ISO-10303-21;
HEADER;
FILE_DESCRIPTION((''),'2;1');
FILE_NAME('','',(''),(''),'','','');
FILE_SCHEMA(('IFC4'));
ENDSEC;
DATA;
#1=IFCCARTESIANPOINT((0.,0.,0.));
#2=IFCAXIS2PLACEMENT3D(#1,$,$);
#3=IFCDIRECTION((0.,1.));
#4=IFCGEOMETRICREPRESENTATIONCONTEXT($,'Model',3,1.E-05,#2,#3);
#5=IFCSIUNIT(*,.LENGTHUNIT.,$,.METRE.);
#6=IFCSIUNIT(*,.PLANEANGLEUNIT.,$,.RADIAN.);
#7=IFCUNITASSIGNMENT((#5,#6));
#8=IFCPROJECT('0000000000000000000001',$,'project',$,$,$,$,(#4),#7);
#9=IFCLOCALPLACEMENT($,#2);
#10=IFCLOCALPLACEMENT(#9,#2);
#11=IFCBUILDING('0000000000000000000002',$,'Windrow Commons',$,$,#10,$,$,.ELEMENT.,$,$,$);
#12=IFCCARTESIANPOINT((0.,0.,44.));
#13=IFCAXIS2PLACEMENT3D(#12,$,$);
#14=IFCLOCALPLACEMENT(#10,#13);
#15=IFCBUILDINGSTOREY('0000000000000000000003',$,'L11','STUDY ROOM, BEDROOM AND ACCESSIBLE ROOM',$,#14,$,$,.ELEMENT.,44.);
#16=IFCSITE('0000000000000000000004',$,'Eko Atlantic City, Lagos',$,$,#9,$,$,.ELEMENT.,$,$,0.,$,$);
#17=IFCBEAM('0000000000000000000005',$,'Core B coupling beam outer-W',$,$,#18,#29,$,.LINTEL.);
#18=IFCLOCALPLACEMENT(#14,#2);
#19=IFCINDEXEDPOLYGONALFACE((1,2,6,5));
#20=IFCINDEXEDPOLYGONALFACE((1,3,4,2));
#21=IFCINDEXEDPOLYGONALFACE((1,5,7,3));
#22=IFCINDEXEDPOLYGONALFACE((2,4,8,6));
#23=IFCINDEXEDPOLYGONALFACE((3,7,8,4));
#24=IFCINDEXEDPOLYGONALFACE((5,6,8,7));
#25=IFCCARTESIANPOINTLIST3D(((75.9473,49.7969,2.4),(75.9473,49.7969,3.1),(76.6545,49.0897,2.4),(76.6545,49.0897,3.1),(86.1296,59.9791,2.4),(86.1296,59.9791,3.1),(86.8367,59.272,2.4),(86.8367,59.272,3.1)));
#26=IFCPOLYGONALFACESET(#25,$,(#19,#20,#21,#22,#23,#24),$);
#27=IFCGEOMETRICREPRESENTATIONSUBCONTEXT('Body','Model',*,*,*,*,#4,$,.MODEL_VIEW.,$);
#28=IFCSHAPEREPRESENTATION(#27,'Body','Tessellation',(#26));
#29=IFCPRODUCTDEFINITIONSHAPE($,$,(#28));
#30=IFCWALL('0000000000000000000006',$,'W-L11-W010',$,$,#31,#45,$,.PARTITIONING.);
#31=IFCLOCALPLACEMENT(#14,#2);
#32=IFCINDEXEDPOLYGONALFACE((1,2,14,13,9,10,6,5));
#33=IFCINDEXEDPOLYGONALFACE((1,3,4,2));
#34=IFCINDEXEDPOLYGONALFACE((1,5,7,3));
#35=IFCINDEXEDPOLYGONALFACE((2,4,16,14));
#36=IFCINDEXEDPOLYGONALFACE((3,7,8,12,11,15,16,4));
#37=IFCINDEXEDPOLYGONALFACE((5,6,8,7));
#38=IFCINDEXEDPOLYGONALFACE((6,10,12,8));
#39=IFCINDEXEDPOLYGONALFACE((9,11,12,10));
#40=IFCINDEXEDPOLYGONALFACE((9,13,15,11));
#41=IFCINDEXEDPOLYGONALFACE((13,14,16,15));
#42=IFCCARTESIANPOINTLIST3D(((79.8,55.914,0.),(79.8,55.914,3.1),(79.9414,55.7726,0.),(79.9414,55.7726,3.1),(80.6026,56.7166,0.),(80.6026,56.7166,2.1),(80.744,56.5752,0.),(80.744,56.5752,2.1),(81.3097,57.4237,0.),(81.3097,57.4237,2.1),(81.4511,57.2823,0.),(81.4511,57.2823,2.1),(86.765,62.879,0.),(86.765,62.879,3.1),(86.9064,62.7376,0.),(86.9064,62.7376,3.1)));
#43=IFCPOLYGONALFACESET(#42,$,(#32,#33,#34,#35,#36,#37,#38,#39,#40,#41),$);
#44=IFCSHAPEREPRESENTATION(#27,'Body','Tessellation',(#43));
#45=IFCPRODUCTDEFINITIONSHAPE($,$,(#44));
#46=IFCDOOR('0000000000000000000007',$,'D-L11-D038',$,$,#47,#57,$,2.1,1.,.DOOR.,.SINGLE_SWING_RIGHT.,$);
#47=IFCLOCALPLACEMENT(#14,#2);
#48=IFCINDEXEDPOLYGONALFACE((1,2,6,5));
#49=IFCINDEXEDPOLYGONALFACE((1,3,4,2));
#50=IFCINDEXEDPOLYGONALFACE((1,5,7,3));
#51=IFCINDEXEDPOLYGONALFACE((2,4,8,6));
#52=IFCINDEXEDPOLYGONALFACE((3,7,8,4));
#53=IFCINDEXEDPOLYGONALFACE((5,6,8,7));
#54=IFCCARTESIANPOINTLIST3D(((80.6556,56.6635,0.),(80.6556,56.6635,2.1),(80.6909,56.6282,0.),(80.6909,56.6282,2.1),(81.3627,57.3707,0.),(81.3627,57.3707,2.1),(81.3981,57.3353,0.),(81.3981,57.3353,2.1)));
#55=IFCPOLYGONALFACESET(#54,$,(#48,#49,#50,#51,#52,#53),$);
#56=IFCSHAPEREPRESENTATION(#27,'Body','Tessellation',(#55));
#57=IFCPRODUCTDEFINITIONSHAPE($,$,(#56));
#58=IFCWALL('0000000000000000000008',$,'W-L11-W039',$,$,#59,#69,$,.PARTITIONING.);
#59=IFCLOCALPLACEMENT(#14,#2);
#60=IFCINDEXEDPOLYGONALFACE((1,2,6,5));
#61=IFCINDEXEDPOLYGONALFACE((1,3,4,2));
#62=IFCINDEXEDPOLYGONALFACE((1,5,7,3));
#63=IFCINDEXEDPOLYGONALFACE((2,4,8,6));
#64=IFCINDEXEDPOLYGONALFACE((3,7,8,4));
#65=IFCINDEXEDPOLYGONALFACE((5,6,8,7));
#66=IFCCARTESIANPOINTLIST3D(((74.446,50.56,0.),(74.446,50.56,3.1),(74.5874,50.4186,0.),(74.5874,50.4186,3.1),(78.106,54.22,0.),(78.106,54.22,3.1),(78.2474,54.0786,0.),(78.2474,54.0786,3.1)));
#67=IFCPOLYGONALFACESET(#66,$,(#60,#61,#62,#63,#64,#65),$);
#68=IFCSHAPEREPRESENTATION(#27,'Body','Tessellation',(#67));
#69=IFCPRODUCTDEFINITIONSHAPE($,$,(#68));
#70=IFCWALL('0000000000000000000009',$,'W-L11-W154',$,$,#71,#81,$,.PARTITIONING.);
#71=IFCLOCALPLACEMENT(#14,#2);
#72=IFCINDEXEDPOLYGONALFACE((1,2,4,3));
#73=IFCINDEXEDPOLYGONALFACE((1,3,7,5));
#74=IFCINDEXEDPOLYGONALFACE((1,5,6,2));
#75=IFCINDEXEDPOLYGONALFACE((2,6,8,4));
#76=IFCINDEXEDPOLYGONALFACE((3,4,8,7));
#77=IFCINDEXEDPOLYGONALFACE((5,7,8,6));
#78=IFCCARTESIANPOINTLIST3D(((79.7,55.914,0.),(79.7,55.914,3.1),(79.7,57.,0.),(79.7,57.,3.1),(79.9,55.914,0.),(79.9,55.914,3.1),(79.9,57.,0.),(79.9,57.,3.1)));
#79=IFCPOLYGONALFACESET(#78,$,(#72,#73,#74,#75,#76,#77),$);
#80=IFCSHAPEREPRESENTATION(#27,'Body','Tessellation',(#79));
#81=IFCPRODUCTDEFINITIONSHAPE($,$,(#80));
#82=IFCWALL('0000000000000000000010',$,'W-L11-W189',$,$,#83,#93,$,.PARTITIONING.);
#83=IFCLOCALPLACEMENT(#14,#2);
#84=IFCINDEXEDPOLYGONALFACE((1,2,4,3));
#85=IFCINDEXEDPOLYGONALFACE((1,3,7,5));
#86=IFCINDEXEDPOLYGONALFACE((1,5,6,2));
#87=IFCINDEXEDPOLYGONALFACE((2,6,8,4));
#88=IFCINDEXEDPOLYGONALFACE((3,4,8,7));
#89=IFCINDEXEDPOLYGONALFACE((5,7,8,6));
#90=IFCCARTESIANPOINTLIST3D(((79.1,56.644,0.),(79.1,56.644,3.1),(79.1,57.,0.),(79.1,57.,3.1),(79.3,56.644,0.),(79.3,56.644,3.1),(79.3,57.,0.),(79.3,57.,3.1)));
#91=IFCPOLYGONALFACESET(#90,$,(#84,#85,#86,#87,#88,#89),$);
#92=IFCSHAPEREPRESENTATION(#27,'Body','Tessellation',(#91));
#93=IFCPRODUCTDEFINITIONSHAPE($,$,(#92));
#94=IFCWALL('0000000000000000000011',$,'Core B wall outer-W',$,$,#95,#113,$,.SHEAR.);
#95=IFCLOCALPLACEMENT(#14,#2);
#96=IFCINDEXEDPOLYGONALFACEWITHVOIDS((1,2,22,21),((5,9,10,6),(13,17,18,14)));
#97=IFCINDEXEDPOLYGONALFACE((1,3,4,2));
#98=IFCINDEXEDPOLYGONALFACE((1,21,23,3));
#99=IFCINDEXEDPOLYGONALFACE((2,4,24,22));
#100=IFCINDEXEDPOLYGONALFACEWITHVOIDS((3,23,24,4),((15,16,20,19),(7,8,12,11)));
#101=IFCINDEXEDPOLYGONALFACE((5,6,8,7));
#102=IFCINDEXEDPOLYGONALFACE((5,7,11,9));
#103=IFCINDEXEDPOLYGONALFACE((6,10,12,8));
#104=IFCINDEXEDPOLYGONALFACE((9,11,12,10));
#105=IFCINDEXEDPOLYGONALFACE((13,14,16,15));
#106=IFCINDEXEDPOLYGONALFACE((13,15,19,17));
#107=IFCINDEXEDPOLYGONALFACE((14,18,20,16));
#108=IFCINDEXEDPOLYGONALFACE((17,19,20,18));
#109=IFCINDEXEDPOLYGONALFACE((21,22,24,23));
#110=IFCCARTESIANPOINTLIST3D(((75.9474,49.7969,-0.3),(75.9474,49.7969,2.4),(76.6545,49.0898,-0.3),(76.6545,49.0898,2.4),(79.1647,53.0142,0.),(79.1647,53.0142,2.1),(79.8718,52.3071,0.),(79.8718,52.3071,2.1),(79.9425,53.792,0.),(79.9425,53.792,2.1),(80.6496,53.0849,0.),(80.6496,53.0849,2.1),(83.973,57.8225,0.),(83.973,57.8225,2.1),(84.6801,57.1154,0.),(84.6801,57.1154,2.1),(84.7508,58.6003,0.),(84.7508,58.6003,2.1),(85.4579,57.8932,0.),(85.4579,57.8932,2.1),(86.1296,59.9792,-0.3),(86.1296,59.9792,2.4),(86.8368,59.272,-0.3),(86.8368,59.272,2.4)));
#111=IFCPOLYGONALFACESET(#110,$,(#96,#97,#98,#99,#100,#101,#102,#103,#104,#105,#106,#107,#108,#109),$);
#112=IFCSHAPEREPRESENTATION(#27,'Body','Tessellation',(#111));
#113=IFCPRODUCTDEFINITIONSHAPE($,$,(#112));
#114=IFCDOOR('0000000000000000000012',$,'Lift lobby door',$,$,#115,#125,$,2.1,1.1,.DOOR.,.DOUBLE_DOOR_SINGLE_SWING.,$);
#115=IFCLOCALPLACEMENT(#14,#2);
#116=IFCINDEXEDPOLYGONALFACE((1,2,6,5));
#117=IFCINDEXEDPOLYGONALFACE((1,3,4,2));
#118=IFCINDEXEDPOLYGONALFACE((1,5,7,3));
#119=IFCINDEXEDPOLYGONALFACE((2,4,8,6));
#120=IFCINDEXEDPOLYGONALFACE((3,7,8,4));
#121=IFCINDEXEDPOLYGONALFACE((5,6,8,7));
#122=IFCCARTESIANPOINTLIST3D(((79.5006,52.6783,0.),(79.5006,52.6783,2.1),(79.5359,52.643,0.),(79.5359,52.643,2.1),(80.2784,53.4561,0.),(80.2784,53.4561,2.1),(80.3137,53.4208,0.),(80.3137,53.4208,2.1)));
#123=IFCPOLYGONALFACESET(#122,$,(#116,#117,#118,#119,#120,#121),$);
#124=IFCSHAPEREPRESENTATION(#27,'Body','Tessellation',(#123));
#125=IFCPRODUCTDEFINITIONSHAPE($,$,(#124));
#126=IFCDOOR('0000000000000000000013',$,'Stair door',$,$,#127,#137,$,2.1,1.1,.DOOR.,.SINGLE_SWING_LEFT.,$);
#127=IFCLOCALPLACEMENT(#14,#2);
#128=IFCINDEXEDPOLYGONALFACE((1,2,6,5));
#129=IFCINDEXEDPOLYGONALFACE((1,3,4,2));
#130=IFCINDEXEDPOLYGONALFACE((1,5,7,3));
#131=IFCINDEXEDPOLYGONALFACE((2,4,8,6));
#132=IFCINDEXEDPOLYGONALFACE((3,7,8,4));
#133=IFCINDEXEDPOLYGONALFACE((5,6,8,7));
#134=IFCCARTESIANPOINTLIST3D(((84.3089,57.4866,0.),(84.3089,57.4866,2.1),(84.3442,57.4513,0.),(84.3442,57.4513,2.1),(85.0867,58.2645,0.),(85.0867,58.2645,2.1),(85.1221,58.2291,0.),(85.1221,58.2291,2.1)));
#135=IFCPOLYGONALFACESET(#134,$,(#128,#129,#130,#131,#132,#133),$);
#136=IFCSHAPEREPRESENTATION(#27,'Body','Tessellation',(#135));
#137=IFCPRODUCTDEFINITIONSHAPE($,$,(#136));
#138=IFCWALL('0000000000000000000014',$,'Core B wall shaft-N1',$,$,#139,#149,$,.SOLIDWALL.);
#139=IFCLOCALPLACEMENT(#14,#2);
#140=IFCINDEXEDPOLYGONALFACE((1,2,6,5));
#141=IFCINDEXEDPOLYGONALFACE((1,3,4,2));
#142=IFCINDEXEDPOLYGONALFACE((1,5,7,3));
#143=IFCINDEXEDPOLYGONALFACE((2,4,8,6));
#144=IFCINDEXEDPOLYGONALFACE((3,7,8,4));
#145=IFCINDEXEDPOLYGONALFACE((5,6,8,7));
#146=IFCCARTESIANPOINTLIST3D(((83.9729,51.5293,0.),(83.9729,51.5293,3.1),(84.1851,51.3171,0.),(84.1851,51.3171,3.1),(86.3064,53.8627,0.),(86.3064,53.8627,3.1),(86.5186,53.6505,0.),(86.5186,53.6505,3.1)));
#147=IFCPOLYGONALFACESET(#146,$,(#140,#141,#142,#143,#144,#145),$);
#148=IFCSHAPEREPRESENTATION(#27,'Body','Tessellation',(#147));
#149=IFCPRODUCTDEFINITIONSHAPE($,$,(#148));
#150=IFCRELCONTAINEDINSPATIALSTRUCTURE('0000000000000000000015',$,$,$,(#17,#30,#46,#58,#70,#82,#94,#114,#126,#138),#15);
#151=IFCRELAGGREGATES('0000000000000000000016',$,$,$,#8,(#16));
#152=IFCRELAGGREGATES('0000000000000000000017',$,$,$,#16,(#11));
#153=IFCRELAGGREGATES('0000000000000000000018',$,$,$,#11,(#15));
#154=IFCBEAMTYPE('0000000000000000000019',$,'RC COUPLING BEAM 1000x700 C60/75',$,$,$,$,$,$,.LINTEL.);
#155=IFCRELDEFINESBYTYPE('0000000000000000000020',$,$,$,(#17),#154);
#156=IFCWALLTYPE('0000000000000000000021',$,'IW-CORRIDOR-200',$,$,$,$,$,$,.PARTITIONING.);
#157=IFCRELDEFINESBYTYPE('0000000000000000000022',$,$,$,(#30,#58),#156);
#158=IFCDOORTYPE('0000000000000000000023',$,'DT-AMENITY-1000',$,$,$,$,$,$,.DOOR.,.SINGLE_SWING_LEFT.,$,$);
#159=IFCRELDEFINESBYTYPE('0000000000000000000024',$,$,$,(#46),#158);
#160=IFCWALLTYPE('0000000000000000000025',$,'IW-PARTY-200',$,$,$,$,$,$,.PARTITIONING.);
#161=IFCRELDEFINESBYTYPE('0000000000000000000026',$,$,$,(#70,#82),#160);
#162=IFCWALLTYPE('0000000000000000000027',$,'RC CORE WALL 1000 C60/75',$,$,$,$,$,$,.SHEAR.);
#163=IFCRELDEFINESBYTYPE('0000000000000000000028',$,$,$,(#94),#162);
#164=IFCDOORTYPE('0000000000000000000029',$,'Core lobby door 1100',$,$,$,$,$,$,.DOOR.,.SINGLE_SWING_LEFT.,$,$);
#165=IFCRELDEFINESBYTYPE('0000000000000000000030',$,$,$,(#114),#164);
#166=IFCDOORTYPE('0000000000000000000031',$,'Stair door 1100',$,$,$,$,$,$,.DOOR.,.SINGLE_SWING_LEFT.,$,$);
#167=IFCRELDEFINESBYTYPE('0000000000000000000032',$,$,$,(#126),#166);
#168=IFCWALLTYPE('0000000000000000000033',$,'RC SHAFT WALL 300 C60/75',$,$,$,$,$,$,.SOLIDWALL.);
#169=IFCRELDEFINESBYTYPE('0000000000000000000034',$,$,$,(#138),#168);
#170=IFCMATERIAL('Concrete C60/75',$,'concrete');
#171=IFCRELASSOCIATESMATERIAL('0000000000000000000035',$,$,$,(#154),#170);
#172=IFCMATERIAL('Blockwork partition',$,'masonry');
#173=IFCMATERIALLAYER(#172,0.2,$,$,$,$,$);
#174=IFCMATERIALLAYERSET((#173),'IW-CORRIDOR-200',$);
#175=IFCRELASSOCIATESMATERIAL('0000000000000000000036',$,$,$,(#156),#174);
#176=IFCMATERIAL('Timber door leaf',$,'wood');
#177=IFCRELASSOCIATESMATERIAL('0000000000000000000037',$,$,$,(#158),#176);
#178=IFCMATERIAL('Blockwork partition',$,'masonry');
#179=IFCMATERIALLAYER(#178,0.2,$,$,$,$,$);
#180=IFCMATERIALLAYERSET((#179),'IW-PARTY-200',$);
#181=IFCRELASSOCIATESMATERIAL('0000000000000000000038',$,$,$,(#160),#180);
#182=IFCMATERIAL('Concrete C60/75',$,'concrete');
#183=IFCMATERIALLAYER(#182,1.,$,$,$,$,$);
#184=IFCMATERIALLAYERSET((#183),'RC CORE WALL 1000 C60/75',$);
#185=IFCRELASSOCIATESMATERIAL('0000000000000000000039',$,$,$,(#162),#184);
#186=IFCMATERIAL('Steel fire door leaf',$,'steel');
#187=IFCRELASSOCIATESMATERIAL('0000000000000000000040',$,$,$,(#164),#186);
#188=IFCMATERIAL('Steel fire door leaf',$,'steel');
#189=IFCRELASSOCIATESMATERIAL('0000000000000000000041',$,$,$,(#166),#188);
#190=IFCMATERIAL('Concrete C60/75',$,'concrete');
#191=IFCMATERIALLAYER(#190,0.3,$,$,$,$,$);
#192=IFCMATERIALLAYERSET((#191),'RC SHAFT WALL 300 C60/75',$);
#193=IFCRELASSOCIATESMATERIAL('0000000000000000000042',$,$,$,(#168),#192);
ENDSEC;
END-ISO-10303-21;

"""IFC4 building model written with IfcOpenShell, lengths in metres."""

from ifc_helpers import new_model, si_unit, direction, frame, frame_2d, origin, origin_2d, place, context, subcontext, project, spatial, rectangle, extrude, material, layer, layer_set, material_profile, profile_set, type_object, element, fill, save


model = new_model("IFC4")

# Units and contexts
model_context = context("Model", 3, precision=1e-05, world=origin(), true_north=direction((0.0, 1.0)))
body_context = subcontext(model_context, "Body", "Model", "MODEL_VIEW")
ifc_project = project(units=[si_unit("LENGTHUNIT", "METRE"), si_unit("PLANEANGLEUNIT", "RADIAN")], contexts=[model_context])

# Site, building, storey
site_placement = place(None, origin())
site = spatial("IfcSite", under=ifc_project, at=site_placement, Name="Eko Atlantic City, Lagos", CompositionType="ELEMENT", RefElevation=0.0)
building_placement = place(site_placement, origin())
building = spatial("IfcBuilding", under=site, at=building_placement, Name="Windrow Commons", CompositionType="ELEMENT")
storey_placement = place(building_placement, frame((0.0, 0.0, 44.0)))
storey = spatial("IfcBuildingStorey", under=building, at=storey_placement, Name="L11", Description="STUDY ROOM, BEDROOM AND ACCESSIBLE ROOM", CompositionType="ELEMENT", Elevation=44.0)

# Beam
ifc_material_1 = material(Name="Concrete C60/75", Category="concrete")
ifc_material_profile = material_profile(ifc_material_1, rectangle(XDim=1.0, YDim=0.7, at=origin_2d()))
ifc_profile_set = profile_set([ifc_material_profile], Name="Concrete C60/75")
beam_type = type_object("IfcBeamType", Name="RC COUPLING BEAM 1000x700 C60/75", PredefinedType="LINTEL", material=ifc_profile_set)
beam_placement = place(storey_placement, frame((76.3009, 49.4433, 2.75), z_axis=(0.707107, 0.707107, 0.0), x_axis=(-0.707107, 0.707107, 0.0)))
element("IfcBeam", 1, at=beam_placement, inside=storey, type_object=beam_type, Name="Core B coupling beam outer-W", PredefinedType="LINTEL", context=body_context, shape_type="SweptSolid", body=[
    extrude(rectangle(XDim=1.0, YDim=0.7, at=origin_2d()), origin(), (0.0, 0.0, 1.0), 14.3999),
])

# Wall, opening, door
ifc_material_2 = material(Name="Blockwork partition", Category="masonry")
ifc_layer_1 = layer(ifc_material_2, 0.2)
ifc_layer_set_1 = layer_set([ifc_layer_1], Name="IW-CORRIDOR-200")
wall_type_1 = type_object("IfcWallType", Name="IW-CORRIDOR-200", PredefinedType="PARTITIONING", material=ifc_layer_set_1)
wall_1_placement = place(storey_placement, frame((79.8707, 55.8433, 0.0), z_axis=(0.0, 0.0, 1.0), x_axis=(0.707107, 0.707107, 0.0)))
wall_1 = element("IfcWall", 2, at=wall_1_placement, inside=storey, type_object=wall_type_1, Name="W-L11-W010", PredefinedType="PARTITIONING", context=body_context, shape_type="SweptSolid", body=[
    extrude(rectangle(XDim=9.85, YDim=0.2, at=frame_2d((4.925, 0.0))), origin(), (0.0, 0.0, 1.0), 3.1),
])
opening_1_placement = place(wall_1_placement, frame((1.135, 0.0, 0.0)))
opening_1 = element("IfcOpeningElement", 3, at=opening_1_placement, cuts=wall_1, PredefinedType="OPENING", context=body_context, shape_type="SweptSolid", body=[
    extrude(rectangle(XDim=1.0, YDim=2.1, at=frame_2d((0.5, 1.05))), frame((0.0, 0.11, 0.0), z_axis=(0.0, -1.0, 0.0), x_axis=(1.0, 0.0, 0.0)), (0.0, 0.0, 1.0), 0.22),
])
ifc_material_3 = material(Name="Timber door leaf", Category="wood")
door_type_1 = type_object("IfcDoorType", Name="DT-AMENITY-1000", OperationType="SINGLE_SWING_LEFT", PredefinedType="DOOR", material=ifc_material_3)
door_1_placement = place(opening_1_placement, origin())
door_1 = element("IfcDoor", 4, at=door_1_placement, inside=storey, type_object=door_type_1, Name="D-L11-D038", OperationType="SINGLE_SWING_RIGHT", OverallHeight=2.1, OverallWidth=1.0, PredefinedType="DOOR", context=body_context, shape_type="SweptSolid", body=[
    extrude(rectangle(XDim=1.0, YDim=2.1, at=frame_2d((0.5, 1.05))), frame((0.0, 0.025, 0.0), z_axis=(0.0, -1.0, 0.0), x_axis=(1.0, 0.0, 0.0)), (0.0, 0.0, 1.0), 0.05),
])
fill(opening_1, door_1)

# Walls
wall_2_placement = place(storey_placement, frame((74.5167, 50.4893, 0.0), z_axis=(0.0, 0.0, 1.0), x_axis=(0.707107, 0.707107, 0.0)))
element("IfcWall", 5, at=wall_2_placement, inside=storey, type_object=wall_type_1, Name="W-L11-W039", PredefinedType="PARTITIONING", context=body_context, shape_type="SweptSolid", body=[
    extrude(rectangle(XDim=5.176, YDim=0.2, at=frame_2d((2.588, 0.0))), origin(), (0.0, 0.0, 1.0), 3.1),
])
ifc_material_4 = material(Name="Blockwork partition", Category="masonry")
ifc_layer_2 = layer(ifc_material_4, 0.2)
ifc_layer_set_2 = layer_set([ifc_layer_2], Name="IW-PARTY-200")
wall_type_2 = type_object("IfcWallType", Name="IW-PARTY-200", PredefinedType="PARTITIONING", material=ifc_layer_set_2)
wall_3_placement = place(storey_placement, frame((79.8, 55.914, 0.0), z_axis=(0.0, 0.0, 1.0), x_axis=(0.0, 1.0, 0.0)))
element("IfcWall", 6, at=wall_3_placement, inside=storey, type_object=wall_type_2, Name="W-L11-W154", PredefinedType="PARTITIONING", context=body_context, shape_type="SweptSolid", body=[
    extrude(rectangle(XDim=1.086, YDim=0.2, at=frame_2d((0.543, 0.0))), origin(), (0.0, 0.0, 1.0), 3.1),
])
wall_4_placement = place(storey_placement, frame((79.2, 56.644, 0.0), z_axis=(0.0, 0.0, 1.0), x_axis=(0.0, 1.0, 0.0)))
element("IfcWall", 7, at=wall_4_placement, inside=storey, type_object=wall_type_2, Name="W-L11-W189", PredefinedType="PARTITIONING", context=body_context, shape_type="SweptSolid", body=[
    extrude(rectangle(XDim=0.356, YDim=0.2, at=frame_2d((0.178, 0.0))), origin(), (0.0, 0.0, 1.0), 3.1),
])

# Wall, openings, doors
ifc_material_5 = material(Name="Concrete C60/75", Category="concrete")
ifc_layer_3 = layer(ifc_material_5, 1.0)
ifc_layer_set_3 = layer_set([ifc_layer_3], Name="RC CORE WALL 1000 C60/75")
wall_type_3 = type_object("IfcWallType", Name="RC CORE WALL 1000 C60/75", PredefinedType="SHEAR", material=ifc_layer_set_3)
wall_5_placement = place(storey_placement, frame((76.3009, 49.4433, -0.3), z_axis=(0.0, 0.0, 1.0), x_axis=(0.707107, 0.707107, 0.0)))
wall_5 = element("IfcWall", 8, at=wall_5_placement, inside=storey, type_object=wall_type_3, Name="Core B wall outer-W", PredefinedType="SHEAR", context=body_context, shape_type="SweptSolid", body=[
    extrude(rectangle(XDim=14.3999, YDim=1.0, at=frame_2d((7.2, 0.0))), origin(), (0.0, 0.0, 1.0), 2.7),
])
opening_2_placement = place(wall_5_placement, frame((4.55, 0.0, 0.3)))
opening_2 = element("IfcOpeningElement", 9, at=opening_2_placement, cuts=wall_5, PredefinedType="OPENING", context=body_context, shape_type="SweptSolid", body=[
    extrude(rectangle(XDim=1.1, YDim=2.1, at=frame_2d((0.55, 1.05))), frame((0.0, 0.51, 0.0), z_axis=(0.0, -1.0, 0.0), x_axis=(1.0, 0.0, 0.0)), (0.0, 0.0, 1.0), 1.02),
])
opening_3_placement = place(wall_5_placement, frame((11.35, 0.0, 0.3)))
opening_3 = element("IfcOpeningElement", 10, at=opening_3_placement, cuts=wall_5, PredefinedType="OPENING", context=body_context, shape_type="SweptSolid", body=[
    extrude(rectangle(XDim=1.1, YDim=2.1, at=frame_2d((0.55, 1.05))), frame((0.0, 0.51, 0.0), z_axis=(0.0, -1.0, 0.0), x_axis=(1.0, 0.0, 0.0)), (0.0, 0.0, 1.0), 1.02),
])
ifc_material_6 = material(Name="Steel fire door leaf", Category="steel")
door_type_2 = type_object("IfcDoorType", Name="Core lobby door 1100", OperationType="SINGLE_SWING_LEFT", PredefinedType="DOOR", material=ifc_material_6)
door_2_placement = place(opening_2_placement, origin())
door_2 = element("IfcDoor", 11, at=door_2_placement, inside=storey, type_object=door_type_2, Name="Lift lobby door", OperationType="DOUBLE_DOOR_SINGLE_SWING", OverallHeight=2.1, OverallWidth=1.1, PredefinedType="DOOR", context=body_context, shape_type="SweptSolid", body=[
    extrude(rectangle(XDim=1.1, YDim=2.1, at=frame_2d((0.55, 1.05))), frame((0.0, 0.025, 0.0), z_axis=(0.0, -1.0, 0.0), x_axis=(1.0, 0.0, 0.0)), (0.0, 0.0, 1.0), 0.05),
])
fill(opening_2, door_2)
ifc_material_7 = material(Name="Steel fire door leaf", Category="steel")
door_type_3 = type_object("IfcDoorType", Name="Stair door 1100", OperationType="SINGLE_SWING_LEFT", PredefinedType="DOOR", material=ifc_material_7)
door_3_placement = place(opening_3_placement, origin())
door_3 = element("IfcDoor", 12, at=door_3_placement, inside=storey, type_object=door_type_3, Name="Stair door", OperationType="SINGLE_SWING_LEFT", OverallHeight=2.1, OverallWidth=1.1, PredefinedType="DOOR", context=body_context, shape_type="SweptSolid", body=[
    extrude(rectangle(XDim=1.1, YDim=2.1, at=frame_2d((0.55, 1.05))), frame((0.0, 0.025, 0.0), z_axis=(0.0, -1.0, 0.0), x_axis=(1.0, 0.0, 0.0)), (0.0, 0.0, 1.0), 0.05),
])
fill(opening_3, door_3)

# Wall
ifc_material_8 = material(Name="Concrete C60/75", Category="concrete")
ifc_layer_4 = layer(ifc_material_8, 0.3)
ifc_layer_set_4 = layer_set([ifc_layer_4], Name="RC SHAFT WALL 300 C60/75")
wall_type_4 = type_object("IfcWallType", Name="RC SHAFT WALL 300 C60/75", PredefinedType="SOLIDWALL", material=ifc_layer_set_4)
wall_6_placement = place(storey_placement, frame((84.079, 51.4232, 0.0), z_axis=(0.0, 0.0, 1.0), x_axis=(0.707122, 0.707092, 0.0)))
element("IfcWall", 13, at=wall_6_placement, inside=storey, type_object=wall_type_4, Name="Core B wall shaft-N1", PredefinedType="SOLIDWALL", context=body_context, shape_type="SweptSolid", body=[
    extrude(rectangle(XDim=3.3, YDim=0.3, at=frame_2d((1.65, 0.0))), origin(), (0.0, 0.0, 1.0), 3.1),
])

save(model, "model.ifc")
